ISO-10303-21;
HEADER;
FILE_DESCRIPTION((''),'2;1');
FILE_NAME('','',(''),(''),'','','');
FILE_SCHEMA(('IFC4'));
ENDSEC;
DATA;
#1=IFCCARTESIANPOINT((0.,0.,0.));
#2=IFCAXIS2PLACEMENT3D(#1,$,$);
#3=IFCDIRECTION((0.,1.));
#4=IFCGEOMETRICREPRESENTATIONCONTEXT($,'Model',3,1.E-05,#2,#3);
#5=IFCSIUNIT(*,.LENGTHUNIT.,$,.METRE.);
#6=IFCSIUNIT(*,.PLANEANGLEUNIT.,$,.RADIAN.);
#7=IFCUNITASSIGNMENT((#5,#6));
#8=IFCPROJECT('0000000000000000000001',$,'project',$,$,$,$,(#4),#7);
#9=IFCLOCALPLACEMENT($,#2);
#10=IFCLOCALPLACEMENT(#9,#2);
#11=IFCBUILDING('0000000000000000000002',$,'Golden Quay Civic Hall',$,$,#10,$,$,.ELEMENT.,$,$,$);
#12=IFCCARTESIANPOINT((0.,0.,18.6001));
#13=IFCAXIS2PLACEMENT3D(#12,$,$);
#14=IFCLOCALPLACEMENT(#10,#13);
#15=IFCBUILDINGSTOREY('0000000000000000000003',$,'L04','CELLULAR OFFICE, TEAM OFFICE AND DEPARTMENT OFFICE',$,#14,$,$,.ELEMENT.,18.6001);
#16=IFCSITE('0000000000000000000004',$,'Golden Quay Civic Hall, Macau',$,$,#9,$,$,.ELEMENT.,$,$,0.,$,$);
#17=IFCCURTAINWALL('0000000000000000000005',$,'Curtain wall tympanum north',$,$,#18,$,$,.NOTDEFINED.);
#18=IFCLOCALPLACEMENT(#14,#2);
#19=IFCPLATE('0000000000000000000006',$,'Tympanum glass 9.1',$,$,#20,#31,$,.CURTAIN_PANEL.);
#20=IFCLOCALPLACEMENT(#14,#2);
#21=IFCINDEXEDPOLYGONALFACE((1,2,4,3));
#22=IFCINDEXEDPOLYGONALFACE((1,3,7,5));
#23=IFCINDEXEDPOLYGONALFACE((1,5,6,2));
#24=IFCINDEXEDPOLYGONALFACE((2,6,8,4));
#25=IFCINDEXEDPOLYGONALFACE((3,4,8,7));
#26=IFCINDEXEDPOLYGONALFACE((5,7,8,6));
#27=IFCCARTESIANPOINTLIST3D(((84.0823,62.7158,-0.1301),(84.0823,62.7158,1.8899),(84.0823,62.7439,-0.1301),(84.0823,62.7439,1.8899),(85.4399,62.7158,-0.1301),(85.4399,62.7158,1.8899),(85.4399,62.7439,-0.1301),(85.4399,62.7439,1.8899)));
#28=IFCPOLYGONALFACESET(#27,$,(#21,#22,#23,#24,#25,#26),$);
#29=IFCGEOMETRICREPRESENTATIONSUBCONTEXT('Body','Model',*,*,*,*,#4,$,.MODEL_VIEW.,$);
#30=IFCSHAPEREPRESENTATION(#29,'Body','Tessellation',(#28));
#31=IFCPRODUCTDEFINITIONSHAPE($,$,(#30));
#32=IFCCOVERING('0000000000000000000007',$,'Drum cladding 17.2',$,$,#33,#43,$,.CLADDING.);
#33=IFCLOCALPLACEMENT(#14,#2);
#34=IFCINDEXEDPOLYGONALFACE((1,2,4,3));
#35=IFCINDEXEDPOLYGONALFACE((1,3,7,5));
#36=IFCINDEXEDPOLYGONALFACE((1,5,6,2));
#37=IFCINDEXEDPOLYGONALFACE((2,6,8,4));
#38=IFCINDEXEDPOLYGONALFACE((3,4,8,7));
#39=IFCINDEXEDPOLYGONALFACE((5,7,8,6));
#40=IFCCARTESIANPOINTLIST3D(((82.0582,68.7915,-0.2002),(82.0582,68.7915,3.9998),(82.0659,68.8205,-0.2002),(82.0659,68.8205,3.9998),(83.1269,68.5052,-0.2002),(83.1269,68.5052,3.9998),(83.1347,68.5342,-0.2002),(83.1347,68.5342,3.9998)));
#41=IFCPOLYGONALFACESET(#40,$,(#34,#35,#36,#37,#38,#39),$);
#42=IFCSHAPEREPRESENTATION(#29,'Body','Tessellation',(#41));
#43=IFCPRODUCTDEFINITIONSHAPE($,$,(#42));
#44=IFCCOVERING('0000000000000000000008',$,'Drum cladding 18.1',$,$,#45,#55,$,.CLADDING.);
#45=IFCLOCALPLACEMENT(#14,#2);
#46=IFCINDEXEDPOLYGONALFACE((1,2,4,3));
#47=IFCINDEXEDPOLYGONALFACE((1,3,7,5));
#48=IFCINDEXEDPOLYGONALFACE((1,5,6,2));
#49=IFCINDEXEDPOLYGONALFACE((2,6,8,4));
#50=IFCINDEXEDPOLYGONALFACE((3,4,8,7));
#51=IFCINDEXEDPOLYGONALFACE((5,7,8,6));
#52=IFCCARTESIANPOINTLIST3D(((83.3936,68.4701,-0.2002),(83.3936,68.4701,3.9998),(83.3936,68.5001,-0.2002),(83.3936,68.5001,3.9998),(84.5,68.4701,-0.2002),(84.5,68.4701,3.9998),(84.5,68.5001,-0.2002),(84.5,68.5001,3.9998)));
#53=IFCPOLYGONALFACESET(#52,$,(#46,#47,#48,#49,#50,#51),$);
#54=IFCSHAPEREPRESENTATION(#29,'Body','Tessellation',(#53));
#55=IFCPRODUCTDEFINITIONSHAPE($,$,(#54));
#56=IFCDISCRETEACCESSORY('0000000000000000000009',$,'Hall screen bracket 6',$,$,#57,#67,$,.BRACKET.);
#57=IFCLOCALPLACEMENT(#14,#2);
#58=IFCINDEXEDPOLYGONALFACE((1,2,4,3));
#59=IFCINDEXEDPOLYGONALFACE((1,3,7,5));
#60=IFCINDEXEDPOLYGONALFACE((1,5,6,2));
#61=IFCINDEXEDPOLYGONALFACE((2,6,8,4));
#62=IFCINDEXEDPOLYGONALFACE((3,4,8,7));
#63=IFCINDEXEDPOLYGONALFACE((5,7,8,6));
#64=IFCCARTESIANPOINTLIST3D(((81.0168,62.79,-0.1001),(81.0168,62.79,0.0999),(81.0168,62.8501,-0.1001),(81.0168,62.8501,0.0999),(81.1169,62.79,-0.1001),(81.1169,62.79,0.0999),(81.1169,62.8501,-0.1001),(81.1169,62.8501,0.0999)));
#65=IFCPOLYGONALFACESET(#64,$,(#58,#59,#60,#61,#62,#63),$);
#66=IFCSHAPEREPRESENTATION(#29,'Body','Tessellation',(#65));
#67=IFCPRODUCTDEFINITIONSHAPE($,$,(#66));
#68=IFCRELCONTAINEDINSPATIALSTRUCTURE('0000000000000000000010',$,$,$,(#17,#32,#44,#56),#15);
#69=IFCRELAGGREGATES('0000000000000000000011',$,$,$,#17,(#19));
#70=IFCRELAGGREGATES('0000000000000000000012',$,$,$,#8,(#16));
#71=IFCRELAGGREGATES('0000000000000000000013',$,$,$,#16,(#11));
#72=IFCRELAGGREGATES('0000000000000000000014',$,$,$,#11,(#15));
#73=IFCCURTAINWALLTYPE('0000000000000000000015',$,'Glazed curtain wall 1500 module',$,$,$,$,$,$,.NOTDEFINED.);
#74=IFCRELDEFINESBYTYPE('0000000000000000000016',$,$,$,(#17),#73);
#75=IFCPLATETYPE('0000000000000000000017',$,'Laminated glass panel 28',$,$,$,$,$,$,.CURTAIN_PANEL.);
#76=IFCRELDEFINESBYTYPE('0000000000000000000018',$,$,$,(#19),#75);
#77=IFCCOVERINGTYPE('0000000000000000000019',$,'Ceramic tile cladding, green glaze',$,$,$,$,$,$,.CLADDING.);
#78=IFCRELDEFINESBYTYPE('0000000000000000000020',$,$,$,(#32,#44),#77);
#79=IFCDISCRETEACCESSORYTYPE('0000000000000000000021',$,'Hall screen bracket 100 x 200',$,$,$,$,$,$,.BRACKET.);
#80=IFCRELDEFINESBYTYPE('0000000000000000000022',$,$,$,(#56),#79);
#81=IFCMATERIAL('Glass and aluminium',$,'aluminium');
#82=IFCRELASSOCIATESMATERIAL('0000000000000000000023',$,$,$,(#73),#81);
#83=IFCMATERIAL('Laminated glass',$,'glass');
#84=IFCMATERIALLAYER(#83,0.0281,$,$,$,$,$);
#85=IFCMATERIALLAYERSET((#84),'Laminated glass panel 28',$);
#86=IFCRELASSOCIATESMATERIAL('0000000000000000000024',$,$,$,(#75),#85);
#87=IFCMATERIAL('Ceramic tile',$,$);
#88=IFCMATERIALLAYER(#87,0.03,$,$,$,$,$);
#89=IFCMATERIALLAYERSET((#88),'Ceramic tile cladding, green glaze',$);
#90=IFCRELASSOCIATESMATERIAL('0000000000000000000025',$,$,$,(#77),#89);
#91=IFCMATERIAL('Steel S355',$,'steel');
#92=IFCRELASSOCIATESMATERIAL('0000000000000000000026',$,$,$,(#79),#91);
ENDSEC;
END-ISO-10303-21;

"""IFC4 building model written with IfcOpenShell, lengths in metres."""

from ifc_helpers import new_model, si_unit, direction, frame, origin, origin_2d, place, context, subcontext, project, spatial, polyline, rectangle, outline, extrude, material, layer, layer_set, type_object, element, aggregate, save


model = new_model("IFC4")

# Units and contexts
model_context = context("Model", 3, precision=1e-05, world=origin(), true_north=direction((0.0, 1.0)))
body_context = subcontext(model_context, "Body", "Model", "MODEL_VIEW")
ifc_project = project(units=[si_unit("LENGTHUNIT", "METRE"), si_unit("PLANEANGLEUNIT", "RADIAN")], contexts=[model_context])

# Site, building, storey
site_placement = place(None, origin())
site = spatial("IfcSite", under=ifc_project, at=site_placement, Name="Golden Quay Civic Hall, Macau", CompositionType="ELEMENT", RefElevation=0.0)
building_placement = place(site_placement, origin())
building = spatial("IfcBuilding", under=site, at=building_placement, Name="Golden Quay Civic Hall", CompositionType="ELEMENT")
storey_placement = place(building_placement, frame((0.0, 0.0, 18.6001)))
storey = spatial("IfcBuildingStorey", under=building, at=storey_placement, Name="L04", Description="CELLULAR OFFICE, TEAM OFFICE AND DEPARTMENT OFFICE", CompositionType="ELEMENT", Elevation=18.6001)

# Curtain wall, plate
ifc_material_1 = material(Name="Glass and aluminium", Category="aluminium")
curtain_wall_type = type_object("IfcCurtainWallType", Name="Glazed curtain wall 1500 module", PredefinedType="NOTDEFINED", material=ifc_material_1)
curtain_wall_placement = place(storey_placement, origin())
curtain_wall = element("IfcCurtainWall", 1, at=curtain_wall_placement, inside=storey, type_object=curtain_wall_type, Name="Curtain wall tympanum north", PredefinedType="NOTDEFINED")
ifc_material_2 = material(Name="Laminated glass", Category="glass")
ifc_layer_1 = layer(ifc_material_2, 0.0281)
ifc_layer_set_1 = layer_set([ifc_layer_1], Name="Laminated glass panel 28")
plate_type = type_object("IfcPlateType", Name="Laminated glass panel 28", PredefinedType="CURTAIN_PANEL", material=ifc_layer_set_1)
plate_1_placement = place(storey_placement, frame((85.4399, 62.7439, -0.1301), z_axis=(0.0, 1.0, 0.0), x_axis=(-1.0, 0.0, 0.0)))
plate_1 = element("IfcPlate", 2, at=plate_1_placement, type_object=plate_type, Name="Tympanum glass 9.1", PredefinedType="CURTAIN_PANEL", context=body_context, shape_type="SweptSolid", body=[
    extrude(outline(polyline([(0.0, 0.0), (1.3577, 0.0), (1.3577, 2.02), (0.0, 2.02), (0.0, 0.0)])), origin(), (0.0, 0.0, -1.0), 0.0281),
])
aggregate(curtain_wall, [plate_1])

# Coverings
ifc_material_3 = material(Name="Ceramic tile")
ifc_layer_2 = layer(ifc_material_3, 0.03)
ifc_layer_set_2 = layer_set([ifc_layer_2], Name="Ceramic tile cladding, green glaze")
covering_type = type_object("IfcCoveringType", Name="Ceramic tile cladding, green glaze", PredefinedType="CLADDING", material=ifc_layer_set_2)
for number, where, z_axis, x_axis, name in (
    (3, (82.5964, 68.6628, -0.2002), (0.0, 0.0, 1.0), (0.965926, -0.258819, 0.0), "Drum cladding 17.2"),
    (4, (83.9468, 68.4851, -0.2002), (0.0, 0.0, 1.0), (1.0, 0.0, 0.0), "Drum cladding 18.1"),
):
    element("IfcCovering", number, at=place(storey_placement, frame(where, z_axis=z_axis, x_axis=x_axis)), inside=storey, type_object=covering_type, Name=name, PredefinedType="CLADDING", context=body_context, shape_type="SweptSolid", body=[
        extrude(rectangle(XDim=1.1064, YDim=0.03, at=origin_2d()), origin(), (0.0, 0.0, 1.0), 4.2),
    ])

# Discrete accessory
ifc_material_4 = material(Name="Steel S355", Category="steel")
discrete_accessory_type = type_object("IfcDiscreteAccessoryType", Name="Hall screen bracket 100 x 200", PredefinedType="BRACKET", material=ifc_material_4)
discrete_accessory_placement = place(storey_placement, frame((81.0669, 62.8201, -0.1001), z_axis=(0.0, 0.0, 1.0), x_axis=(1.0, 0.0, 0.0)))
element("IfcDiscreteAccessory", 5, at=discrete_accessory_placement, inside=storey, type_object=discrete_accessory_type, Name="Hall screen bracket 6", PredefinedType="BRACKET", context=body_context, shape_type="SweptSolid", body=[
    extrude(rectangle(XDim=0.1001, YDim=0.0601, at=origin_2d()), origin(), (0.0, 0.0, 1.0), 0.2),
])

save(model, "model.ifc")
